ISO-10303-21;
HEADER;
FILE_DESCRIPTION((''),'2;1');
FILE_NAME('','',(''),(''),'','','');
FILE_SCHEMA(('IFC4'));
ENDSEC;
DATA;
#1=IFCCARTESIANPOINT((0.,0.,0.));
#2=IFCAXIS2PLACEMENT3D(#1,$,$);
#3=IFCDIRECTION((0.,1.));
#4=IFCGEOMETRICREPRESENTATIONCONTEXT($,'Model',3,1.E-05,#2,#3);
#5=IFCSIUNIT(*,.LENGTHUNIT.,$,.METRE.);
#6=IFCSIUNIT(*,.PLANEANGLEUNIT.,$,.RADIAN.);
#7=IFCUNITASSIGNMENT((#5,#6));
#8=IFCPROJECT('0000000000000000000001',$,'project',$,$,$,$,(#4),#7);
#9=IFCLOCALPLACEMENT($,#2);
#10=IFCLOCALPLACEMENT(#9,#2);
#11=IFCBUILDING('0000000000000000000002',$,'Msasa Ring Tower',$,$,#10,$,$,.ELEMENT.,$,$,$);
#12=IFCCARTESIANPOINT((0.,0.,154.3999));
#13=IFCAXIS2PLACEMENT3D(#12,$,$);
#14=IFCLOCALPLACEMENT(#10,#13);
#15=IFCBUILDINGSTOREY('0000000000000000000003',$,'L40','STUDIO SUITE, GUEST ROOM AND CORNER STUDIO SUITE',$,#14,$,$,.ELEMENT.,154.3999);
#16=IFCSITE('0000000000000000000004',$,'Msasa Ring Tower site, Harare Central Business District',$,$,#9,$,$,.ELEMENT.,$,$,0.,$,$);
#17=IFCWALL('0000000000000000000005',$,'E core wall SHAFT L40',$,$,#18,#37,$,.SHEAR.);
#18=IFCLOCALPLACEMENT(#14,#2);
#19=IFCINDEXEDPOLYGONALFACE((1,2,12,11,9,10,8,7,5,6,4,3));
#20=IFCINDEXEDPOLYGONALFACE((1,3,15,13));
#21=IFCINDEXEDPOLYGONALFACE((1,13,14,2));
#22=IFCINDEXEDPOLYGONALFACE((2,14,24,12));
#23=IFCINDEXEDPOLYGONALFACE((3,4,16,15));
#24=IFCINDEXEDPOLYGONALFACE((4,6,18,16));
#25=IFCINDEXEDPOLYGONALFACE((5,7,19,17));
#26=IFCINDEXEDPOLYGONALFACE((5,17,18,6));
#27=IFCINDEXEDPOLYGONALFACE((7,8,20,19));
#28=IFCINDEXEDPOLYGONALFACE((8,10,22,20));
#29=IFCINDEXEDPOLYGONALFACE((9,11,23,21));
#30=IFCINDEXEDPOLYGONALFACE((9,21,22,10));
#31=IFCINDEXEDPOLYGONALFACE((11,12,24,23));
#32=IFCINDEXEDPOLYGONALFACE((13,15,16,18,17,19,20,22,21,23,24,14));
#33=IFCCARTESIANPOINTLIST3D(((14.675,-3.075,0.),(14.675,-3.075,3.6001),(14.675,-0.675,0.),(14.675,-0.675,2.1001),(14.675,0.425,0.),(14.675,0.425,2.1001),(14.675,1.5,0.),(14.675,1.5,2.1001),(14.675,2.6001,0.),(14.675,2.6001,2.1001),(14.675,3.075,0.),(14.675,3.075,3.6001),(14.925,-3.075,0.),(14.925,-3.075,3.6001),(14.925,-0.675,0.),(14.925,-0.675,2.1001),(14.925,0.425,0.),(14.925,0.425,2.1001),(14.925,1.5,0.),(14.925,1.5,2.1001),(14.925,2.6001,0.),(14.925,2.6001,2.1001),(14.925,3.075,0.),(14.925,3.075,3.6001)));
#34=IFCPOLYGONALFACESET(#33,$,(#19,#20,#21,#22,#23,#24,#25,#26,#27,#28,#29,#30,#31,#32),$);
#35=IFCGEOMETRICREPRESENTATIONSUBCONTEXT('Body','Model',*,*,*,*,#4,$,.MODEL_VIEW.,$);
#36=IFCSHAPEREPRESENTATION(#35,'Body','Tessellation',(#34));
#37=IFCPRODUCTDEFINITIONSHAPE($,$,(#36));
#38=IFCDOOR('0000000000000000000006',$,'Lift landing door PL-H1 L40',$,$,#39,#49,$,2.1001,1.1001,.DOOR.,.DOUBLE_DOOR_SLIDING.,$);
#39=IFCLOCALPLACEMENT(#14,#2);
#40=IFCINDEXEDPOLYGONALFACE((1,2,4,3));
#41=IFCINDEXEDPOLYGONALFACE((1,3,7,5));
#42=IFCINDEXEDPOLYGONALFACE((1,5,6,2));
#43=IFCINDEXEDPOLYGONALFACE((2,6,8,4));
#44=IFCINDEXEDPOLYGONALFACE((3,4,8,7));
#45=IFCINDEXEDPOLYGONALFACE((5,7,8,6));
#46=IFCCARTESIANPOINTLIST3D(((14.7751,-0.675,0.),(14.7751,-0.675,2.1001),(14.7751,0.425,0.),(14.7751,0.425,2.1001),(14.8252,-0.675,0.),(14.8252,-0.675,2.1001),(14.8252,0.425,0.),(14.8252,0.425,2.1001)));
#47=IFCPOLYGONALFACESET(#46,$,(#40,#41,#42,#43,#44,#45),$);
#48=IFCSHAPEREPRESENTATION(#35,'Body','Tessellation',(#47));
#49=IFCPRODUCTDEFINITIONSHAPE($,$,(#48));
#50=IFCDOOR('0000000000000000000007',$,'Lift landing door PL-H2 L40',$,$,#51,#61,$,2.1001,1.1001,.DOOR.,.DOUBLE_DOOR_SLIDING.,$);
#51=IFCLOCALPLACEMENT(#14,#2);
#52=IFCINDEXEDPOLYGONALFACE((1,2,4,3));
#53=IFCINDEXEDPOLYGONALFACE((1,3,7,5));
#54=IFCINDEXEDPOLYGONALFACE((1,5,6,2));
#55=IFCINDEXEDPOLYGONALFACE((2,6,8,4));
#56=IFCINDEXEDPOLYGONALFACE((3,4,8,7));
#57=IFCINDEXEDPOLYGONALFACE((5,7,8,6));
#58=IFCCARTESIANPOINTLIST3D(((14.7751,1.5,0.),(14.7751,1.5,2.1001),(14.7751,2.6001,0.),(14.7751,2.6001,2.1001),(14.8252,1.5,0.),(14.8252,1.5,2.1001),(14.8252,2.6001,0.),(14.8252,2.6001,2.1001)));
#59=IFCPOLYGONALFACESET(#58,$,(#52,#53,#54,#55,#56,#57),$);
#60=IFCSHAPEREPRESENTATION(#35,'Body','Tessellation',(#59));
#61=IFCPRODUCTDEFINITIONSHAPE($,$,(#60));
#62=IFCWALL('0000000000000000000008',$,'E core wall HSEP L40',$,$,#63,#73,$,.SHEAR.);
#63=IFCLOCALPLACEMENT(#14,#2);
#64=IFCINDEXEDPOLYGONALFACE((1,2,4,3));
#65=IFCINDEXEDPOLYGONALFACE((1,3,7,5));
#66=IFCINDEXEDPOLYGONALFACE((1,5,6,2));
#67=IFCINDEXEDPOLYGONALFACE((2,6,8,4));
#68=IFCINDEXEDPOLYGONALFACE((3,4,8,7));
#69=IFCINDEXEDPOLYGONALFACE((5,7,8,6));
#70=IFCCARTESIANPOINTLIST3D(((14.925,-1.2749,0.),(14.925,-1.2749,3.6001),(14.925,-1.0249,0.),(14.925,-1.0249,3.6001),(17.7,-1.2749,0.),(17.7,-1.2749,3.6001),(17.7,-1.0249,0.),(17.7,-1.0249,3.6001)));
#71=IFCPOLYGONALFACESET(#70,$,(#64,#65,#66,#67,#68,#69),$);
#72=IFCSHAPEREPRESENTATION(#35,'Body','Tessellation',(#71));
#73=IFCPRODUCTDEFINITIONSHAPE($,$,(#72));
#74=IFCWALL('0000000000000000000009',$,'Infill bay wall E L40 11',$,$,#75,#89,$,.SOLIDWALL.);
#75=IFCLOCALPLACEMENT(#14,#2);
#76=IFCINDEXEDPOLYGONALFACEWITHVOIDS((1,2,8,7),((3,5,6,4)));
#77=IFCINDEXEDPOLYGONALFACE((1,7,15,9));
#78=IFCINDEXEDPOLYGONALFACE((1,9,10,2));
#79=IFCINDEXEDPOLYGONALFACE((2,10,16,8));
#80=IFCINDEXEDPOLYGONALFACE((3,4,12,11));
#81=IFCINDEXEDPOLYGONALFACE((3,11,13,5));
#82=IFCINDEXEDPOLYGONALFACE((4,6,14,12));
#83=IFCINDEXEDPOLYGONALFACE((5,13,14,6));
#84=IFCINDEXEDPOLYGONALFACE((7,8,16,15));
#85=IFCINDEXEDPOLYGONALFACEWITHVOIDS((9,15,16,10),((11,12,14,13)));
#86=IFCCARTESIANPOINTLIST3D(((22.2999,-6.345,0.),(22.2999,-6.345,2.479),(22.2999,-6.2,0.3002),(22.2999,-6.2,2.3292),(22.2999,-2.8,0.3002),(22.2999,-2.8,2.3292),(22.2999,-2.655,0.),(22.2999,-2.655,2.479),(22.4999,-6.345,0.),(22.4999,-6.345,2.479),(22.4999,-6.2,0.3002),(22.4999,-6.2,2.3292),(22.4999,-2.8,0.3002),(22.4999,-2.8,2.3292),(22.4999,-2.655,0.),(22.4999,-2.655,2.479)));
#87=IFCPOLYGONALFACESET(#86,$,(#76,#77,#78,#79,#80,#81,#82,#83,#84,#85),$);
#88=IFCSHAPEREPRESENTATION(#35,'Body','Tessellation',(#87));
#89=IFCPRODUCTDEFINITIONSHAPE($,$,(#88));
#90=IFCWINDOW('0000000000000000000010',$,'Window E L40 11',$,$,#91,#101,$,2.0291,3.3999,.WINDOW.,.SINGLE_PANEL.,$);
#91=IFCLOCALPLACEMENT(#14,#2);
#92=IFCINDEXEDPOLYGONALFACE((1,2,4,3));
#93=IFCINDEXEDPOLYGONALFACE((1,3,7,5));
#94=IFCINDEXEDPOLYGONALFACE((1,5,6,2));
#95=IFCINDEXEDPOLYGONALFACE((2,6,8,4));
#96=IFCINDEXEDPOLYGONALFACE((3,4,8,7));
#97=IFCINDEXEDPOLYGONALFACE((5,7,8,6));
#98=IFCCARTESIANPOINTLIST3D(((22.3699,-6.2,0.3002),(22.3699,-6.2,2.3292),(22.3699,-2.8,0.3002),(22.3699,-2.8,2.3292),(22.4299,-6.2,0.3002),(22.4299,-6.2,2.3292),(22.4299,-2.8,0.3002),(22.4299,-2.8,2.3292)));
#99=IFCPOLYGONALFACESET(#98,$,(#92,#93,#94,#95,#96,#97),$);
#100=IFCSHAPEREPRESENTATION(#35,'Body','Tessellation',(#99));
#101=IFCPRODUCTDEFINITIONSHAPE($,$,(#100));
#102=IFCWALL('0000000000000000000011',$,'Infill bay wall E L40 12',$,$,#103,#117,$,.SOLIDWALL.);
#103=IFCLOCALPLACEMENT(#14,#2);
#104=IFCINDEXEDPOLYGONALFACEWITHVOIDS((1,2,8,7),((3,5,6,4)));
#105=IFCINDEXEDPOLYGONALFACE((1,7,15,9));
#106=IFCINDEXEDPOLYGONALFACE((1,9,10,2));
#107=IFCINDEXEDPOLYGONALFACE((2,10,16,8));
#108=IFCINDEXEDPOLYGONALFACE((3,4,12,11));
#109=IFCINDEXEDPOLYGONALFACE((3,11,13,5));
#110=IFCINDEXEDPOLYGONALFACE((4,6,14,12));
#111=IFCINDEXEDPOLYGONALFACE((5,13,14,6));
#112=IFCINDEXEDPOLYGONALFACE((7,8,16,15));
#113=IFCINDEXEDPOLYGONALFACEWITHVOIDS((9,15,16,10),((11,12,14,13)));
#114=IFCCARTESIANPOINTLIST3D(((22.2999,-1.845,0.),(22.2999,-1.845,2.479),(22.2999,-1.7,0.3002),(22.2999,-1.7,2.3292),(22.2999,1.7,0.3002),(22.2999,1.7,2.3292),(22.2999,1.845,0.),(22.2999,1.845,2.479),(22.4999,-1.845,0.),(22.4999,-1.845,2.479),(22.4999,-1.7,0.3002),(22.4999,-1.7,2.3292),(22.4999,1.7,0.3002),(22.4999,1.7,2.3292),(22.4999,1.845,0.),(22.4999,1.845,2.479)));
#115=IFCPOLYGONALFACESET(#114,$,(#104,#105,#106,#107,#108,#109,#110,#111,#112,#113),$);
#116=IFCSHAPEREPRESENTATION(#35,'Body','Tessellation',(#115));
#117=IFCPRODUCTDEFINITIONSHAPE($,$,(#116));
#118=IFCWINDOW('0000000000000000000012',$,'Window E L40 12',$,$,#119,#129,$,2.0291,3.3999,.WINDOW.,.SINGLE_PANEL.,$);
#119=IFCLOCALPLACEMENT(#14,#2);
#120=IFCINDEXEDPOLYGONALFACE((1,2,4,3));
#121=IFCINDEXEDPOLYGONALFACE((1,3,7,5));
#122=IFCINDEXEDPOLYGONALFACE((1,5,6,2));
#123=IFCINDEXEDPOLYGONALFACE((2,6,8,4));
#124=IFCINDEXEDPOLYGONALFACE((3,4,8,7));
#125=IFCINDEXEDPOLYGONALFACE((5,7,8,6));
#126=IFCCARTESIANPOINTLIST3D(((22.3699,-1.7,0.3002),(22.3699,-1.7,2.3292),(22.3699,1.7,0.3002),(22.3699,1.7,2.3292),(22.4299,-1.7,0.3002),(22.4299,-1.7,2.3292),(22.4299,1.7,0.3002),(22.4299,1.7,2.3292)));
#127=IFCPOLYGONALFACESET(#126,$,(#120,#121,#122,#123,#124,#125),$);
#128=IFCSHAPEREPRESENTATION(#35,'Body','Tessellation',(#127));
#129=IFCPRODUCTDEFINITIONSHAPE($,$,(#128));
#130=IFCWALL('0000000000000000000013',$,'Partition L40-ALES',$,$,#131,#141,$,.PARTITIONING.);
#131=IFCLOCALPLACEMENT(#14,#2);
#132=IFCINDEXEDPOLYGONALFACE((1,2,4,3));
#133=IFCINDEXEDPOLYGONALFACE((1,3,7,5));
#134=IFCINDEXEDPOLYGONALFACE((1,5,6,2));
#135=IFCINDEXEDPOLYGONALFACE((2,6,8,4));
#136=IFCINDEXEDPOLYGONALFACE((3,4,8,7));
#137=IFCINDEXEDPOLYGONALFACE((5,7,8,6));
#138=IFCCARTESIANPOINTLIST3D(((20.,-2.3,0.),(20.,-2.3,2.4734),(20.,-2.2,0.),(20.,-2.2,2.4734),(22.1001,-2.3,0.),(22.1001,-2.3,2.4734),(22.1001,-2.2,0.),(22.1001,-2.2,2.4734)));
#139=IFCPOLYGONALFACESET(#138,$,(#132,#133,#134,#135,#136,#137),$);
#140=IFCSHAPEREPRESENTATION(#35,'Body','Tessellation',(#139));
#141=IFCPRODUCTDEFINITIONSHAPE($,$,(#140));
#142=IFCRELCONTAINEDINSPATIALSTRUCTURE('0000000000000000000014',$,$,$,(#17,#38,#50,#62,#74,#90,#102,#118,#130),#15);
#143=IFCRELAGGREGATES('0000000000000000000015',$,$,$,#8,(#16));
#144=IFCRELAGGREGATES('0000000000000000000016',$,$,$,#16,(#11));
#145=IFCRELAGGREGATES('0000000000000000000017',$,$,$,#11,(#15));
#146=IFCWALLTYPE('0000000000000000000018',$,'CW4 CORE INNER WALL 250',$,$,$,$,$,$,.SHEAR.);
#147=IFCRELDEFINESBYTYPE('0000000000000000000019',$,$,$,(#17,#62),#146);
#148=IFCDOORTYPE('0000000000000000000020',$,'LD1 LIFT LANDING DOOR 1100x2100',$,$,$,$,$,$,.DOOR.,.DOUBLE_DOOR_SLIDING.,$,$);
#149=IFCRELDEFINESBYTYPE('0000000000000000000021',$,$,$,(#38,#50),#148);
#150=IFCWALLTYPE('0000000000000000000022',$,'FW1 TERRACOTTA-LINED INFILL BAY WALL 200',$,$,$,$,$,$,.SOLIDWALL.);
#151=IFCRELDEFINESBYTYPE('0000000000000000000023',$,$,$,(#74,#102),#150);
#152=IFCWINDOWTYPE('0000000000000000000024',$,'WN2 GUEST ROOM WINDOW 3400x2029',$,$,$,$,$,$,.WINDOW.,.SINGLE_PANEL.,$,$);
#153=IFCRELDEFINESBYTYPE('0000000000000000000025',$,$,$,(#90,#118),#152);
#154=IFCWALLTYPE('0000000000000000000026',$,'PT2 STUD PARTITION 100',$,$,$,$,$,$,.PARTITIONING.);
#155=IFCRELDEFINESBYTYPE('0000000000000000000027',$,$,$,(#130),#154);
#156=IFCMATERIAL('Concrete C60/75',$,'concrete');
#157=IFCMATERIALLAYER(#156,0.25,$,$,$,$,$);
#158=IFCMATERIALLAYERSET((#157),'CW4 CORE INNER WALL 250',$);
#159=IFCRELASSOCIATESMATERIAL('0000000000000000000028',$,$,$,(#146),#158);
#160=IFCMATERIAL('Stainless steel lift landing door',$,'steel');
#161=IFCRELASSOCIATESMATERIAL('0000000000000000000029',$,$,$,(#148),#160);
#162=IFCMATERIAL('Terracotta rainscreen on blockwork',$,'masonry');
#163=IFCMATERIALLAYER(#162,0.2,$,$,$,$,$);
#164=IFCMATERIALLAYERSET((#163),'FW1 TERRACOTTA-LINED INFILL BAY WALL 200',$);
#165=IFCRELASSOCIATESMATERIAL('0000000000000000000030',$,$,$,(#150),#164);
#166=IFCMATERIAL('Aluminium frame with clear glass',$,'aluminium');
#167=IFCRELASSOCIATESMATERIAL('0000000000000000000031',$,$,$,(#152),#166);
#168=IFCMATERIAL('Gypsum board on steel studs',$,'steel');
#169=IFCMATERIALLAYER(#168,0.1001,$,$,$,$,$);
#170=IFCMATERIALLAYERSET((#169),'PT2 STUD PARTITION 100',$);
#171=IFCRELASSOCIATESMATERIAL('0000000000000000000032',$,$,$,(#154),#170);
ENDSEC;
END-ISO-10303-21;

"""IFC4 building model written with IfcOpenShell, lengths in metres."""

from ifc_helpers import new_model, si_unit, direction, frame, frame_2d, origin, place, context, subcontext, project, spatial, rectangle, extrude, material, layer, layer_set, type_object, element, fill, save


model = new_model("IFC4")

# Units and contexts
model_context = context("Model", 3, precision=1e-05, world=origin(), true_north=direction((0.0, 1.0)))
body_context = subcontext(model_context, "Body", "Model", "MODEL_VIEW")
ifc_project = project(units=[si_unit("LENGTHUNIT", "METRE"), si_unit("PLANEANGLEUNIT", "RADIAN")], contexts=[model_context])

# Site, building, storey
site_placement = place(None, origin())
site = spatial("IfcSite", under=ifc_project, at=site_placement, Name="Msasa Ring Tower site, Harare Central Business District", CompositionType="ELEMENT", RefElevation=0.0)
building_placement = place(site_placement, origin())
building = spatial("IfcBuilding", under=site, at=building_placement, Name="Msasa Ring Tower", CompositionType="ELEMENT")
storey_placement = place(building_placement, frame((0.0, 0.0, 154.3999)))
storey = spatial("IfcBuildingStorey", under=building, at=storey_placement, Name="L40", Description="STUDIO SUITE, GUEST ROOM AND CORNER STUDIO SUITE", CompositionType="ELEMENT", Elevation=154.3999)

# Shared definitions
ifc_material_1 = material(Name="Concrete C60/75", Category="concrete")
ifc_layer_1 = layer(ifc_material_1, 0.25)
ifc_layer_set_1 = layer_set([ifc_layer_1], Name="CW4 CORE INNER WALL 250")
wall_type_1 = type_object("IfcWallType", Name="CW4 CORE INNER WALL 250", PredefinedType="SHEAR", material=ifc_layer_set_1)

# Wall, openings, doors
wall_1_placement = place(storey_placement, frame((14.8, -3.075, 0.0), z_axis=(0.0, 0.0, 1.0), x_axis=(0.0, 1.0, 0.0)))
wall_1 = element("IfcWall", 1, at=wall_1_placement, inside=storey, type_object=wall_type_1, Name="E core wall SHAFT L40", PredefinedType="SHEAR", context=body_context, shape_type="SweptSolid", body=[
    extrude(rectangle(XDim=6.1499, YDim=0.25, at=frame_2d((3.075, 0.0))), origin(), (0.0, 0.0, 1.0), 3.6001),
])
opening_1_placement = place(wall_1_placement, frame((2.3999, 0.0, 0.0)))
opening_1 = element("IfcOpeningElement", 2, at=opening_1_placement, cuts=wall_1, PredefinedType="OPENING", context=body_context, shape_type="SweptSolid", body=[
    extrude(rectangle(XDim=1.1001, YDim=2.1001, at=frame_2d((0.55, 1.05))), frame((0.0, 0.135, 0.0), z_axis=(0.0, -1.0, 0.0), x_axis=(1.0, 0.0, 0.0)), (0.0, 0.0, 1.0), 0.27),
])
opening_2_placement = place(wall_1_placement, frame((4.575, 0.0, 0.0)))
opening_2 = element("IfcOpeningElement", 3, at=opening_2_placement, cuts=wall_1, PredefinedType="OPENING", context=body_context, shape_type="SweptSolid", body=[
    extrude(rectangle(XDim=1.1001, YDim=2.1001, at=frame_2d((0.55, 1.05))), frame((0.0, 0.135, 0.0), z_axis=(0.0, -1.0, 0.0), x_axis=(1.0, 0.0, 0.0)), (0.0, 0.0, 1.0), 0.27),
])
ifc_material_2 = material(Name="Stainless steel lift landing door", Category="steel")
door_type = type_object("IfcDoorType", Name="LD1 LIFT LANDING DOOR 1100x2100", OperationType="DOUBLE_DOOR_SLIDING", PredefinedType="DOOR", material=ifc_material_2)
door_1_placement = place(opening_1_placement, origin())
door_1 = element("IfcDoor", 4, at=door_1_placement, inside=storey, type_object=door_type, Name="Lift landing door PL-H1 L40", OperationType="DOUBLE_DOOR_SLIDING", OverallHeight=2.1001, OverallWidth=1.1001, PredefinedType="DOOR", context=body_context, shape_type="SweptSolid", body=[
    extrude(rectangle(XDim=1.1001, YDim=2.1001, at=frame_2d((0.55, 1.05))), frame((0.0, 0.0249, 0.0), z_axis=(0.0, -1.0, 0.0), x_axis=(1.0, 0.0, 0.0)), (0.0, 0.0, 1.0), 0.05),
])
fill(opening_1, door_1)
door_2_placement = place(opening_2_placement, origin())
door_2 = element("IfcDoor", 5, at=door_2_placement, inside=storey, type_object=door_type, Name="Lift landing door PL-H2 L40", OperationType="DOUBLE_DOOR_SLIDING", OverallHeight=2.1001, OverallWidth=1.1001, PredefinedType="DOOR", context=body_context, shape_type="SweptSolid", body=[
    extrude(rectangle(XDim=1.1001, YDim=2.1001, at=frame_2d((0.55, 1.05))), frame((0.0, 0.0249, 0.0), z_axis=(0.0, -1.0, 0.0), x_axis=(1.0, 0.0, 0.0)), (0.0, 0.0, 1.0), 0.05),
])
fill(opening_2, door_2)

# Wall
wall_2_placement = place(storey_placement, frame((14.925, -1.1499, 0.0), z_axis=(0.0, 0.0, 1.0), x_axis=(1.0, 0.0, 0.0)))
element("IfcWall", 6, at=wall_2_placement, inside=storey, type_object=wall_type_1, Name="E core wall HSEP L40", PredefinedType="SHEAR", context=body_context, shape_type="SweptSolid", body=[
    extrude(rectangle(XDim=2.7749, YDim=0.25, at=frame_2d((1.3875, 0.0))), origin(), (0.0, 0.0, 1.0), 3.6001),
])

# Walls, openings, windows
ifc_material_3 = material(Name="Terracotta rainscreen on blockwork", Category="masonry")
ifc_layer_2 = layer(ifc_material_3, 0.2)
ifc_layer_set_2 = layer_set([ifc_layer_2], Name="FW1 TERRACOTTA-LINED INFILL BAY WALL 200")
wall_type_2 = type_object("IfcWallType", Name="FW1 TERRACOTTA-LINED INFILL BAY WALL 200", PredefinedType="SOLIDWALL", material=ifc_layer_set_2)
wall_3_placement = place(storey_placement, frame((22.3999, -6.345, 0.0), z_axis=(0.0, 0.0, 1.0), x_axis=(0.0, 1.0, 0.0)))
wall_3 = element("IfcWall", 7, at=wall_3_placement, inside=storey, type_object=wall_type_2, Name="Infill bay wall E L40 11", PredefinedType="SOLIDWALL", context=body_context, shape_type="SweptSolid", body=[
    extrude(rectangle(XDim=3.6899, YDim=0.2, at=frame_2d((1.845, 0.0))), origin(), (0.0, 0.0, 1.0), 2.479),
])
opening_3_placement = place(wall_3_placement, frame((0.145, 0.0, 0.3)))
opening_3 = element("IfcOpeningElement", 8, at=opening_3_placement, cuts=wall_3, PredefinedType="OPENING", context=body_context, shape_type="SweptSolid", body=[
    extrude(rectangle(XDim=3.3999, YDim=2.0291, at=frame_2d((1.7, 1.0146))), frame((0.0, 0.1099, 0.0), z_axis=(0.0, -1.0, 0.0), x_axis=(1.0, 0.0, 0.0)), (0.0, 0.0, 1.0), 0.22),
])
ifc_material_4 = material(Name="Aluminium frame with clear glass", Category="aluminium")
window_type = type_object("IfcWindowType", Name="WN2 GUEST ROOM WINDOW 3400x2029", PartitioningType="SINGLE_PANEL", PredefinedType="WINDOW", material=ifc_material_4)
window_1_placement = place(opening_3_placement, origin())
window_1 = element("IfcWindow", 9, at=window_1_placement, inside=storey, type_object=window_type, Name="Window E L40 11", OverallHeight=2.0291, OverallWidth=3.3999, PartitioningType="SINGLE_PANEL", PredefinedType="WINDOW", context=body_context, shape_type="SweptSolid", body=[
    extrude(rectangle(XDim=3.3999, YDim=2.0291, at=frame_2d((1.7, 1.0146))), frame((0.0, 0.03, 0.0), z_axis=(0.0, -1.0, 0.0), x_axis=(1.0, 0.0, 0.0)), (0.0, 0.0, 1.0), 0.0601),
])
fill(opening_3, window_1)
wall_4_placement = place(storey_placement, frame((22.3999, -1.845, 0.0), z_axis=(0.0, 0.0, 1.0), x_axis=(0.0, 1.0, 0.0)))
wall_4 = element("IfcWall", 10, at=wall_4_placement, inside=storey, type_object=wall_type_2, Name="Infill bay wall E L40 12", PredefinedType="SOLIDWALL", context=body_context, shape_type="SweptSolid", body=[
    extrude(rectangle(XDim=3.6899, YDim=0.2, at=frame_2d((1.845, 0.0))), origin(), (0.0, 0.0, 1.0), 2.479),
])
opening_4_placement = place(wall_4_placement, frame((0.145, 0.0, 0.3)))
opening_4 = element("IfcOpeningElement", 11, at=opening_4_placement, cuts=wall_4, PredefinedType="OPENING", context=body_context, shape_type="SweptSolid", body=[
    extrude(rectangle(XDim=3.3999, YDim=2.0291, at=frame_2d((1.7, 1.0146))), frame((0.0, 0.1099, 0.0), z_axis=(0.0, -1.0, 0.0), x_axis=(1.0, 0.0, 0.0)), (0.0, 0.0, 1.0), 0.22),
])
window_2_placement = place(opening_4_placement, origin())
window_2 = element("IfcWindow", 12, at=window_2_placement, inside=storey, type_object=window_type, Name="Window E L40 12", OverallHeight=2.0291, OverallWidth=3.3999, PartitioningType="SINGLE_PANEL", PredefinedType="WINDOW", context=body_context, shape_type="SweptSolid", body=[
    extrude(rectangle(XDim=3.3999, YDim=2.0291, at=frame_2d((1.7, 1.0146))), frame((0.0, 0.03, 0.0), z_axis=(0.0, -1.0, 0.0), x_axis=(1.0, 0.0, 0.0)), (0.0, 0.0, 1.0), 0.0601),
])
fill(opening_4, window_2)

# Wall
ifc_material_5 = material(Name="Gypsum board on steel studs", Category="steel")
ifc_layer_3 = layer(ifc_material_5, 0.1001)
ifc_layer_set_3 = layer_set([ifc_layer_3], Name="PT2 STUD PARTITION 100")
wall_type_3 = type_object("IfcWallType", Name="PT2 STUD PARTITION 100", PredefinedType="PARTITIONING", material=ifc_layer_set_3)
wall_5_placement = place(storey_placement, frame((20.0, -2.25, 0.0), z_axis=(0.0, 0.0, 1.0), x_axis=(1.0, 0.0, 0.0)))
element("IfcWall", 13, at=wall_5_placement, inside=storey, type_object=wall_type_3, Name="Partition L40-ALES", PredefinedType="PARTITIONING", context=body_context, shape_type="SweptSolid", body=[
    extrude(rectangle(XDim=2.1001, YDim=0.1001, at=frame_2d((1.05, 0.0))), origin(), (0.0, 0.0, 1.0), 2.4734),
])

save(model, "model.ifc")
